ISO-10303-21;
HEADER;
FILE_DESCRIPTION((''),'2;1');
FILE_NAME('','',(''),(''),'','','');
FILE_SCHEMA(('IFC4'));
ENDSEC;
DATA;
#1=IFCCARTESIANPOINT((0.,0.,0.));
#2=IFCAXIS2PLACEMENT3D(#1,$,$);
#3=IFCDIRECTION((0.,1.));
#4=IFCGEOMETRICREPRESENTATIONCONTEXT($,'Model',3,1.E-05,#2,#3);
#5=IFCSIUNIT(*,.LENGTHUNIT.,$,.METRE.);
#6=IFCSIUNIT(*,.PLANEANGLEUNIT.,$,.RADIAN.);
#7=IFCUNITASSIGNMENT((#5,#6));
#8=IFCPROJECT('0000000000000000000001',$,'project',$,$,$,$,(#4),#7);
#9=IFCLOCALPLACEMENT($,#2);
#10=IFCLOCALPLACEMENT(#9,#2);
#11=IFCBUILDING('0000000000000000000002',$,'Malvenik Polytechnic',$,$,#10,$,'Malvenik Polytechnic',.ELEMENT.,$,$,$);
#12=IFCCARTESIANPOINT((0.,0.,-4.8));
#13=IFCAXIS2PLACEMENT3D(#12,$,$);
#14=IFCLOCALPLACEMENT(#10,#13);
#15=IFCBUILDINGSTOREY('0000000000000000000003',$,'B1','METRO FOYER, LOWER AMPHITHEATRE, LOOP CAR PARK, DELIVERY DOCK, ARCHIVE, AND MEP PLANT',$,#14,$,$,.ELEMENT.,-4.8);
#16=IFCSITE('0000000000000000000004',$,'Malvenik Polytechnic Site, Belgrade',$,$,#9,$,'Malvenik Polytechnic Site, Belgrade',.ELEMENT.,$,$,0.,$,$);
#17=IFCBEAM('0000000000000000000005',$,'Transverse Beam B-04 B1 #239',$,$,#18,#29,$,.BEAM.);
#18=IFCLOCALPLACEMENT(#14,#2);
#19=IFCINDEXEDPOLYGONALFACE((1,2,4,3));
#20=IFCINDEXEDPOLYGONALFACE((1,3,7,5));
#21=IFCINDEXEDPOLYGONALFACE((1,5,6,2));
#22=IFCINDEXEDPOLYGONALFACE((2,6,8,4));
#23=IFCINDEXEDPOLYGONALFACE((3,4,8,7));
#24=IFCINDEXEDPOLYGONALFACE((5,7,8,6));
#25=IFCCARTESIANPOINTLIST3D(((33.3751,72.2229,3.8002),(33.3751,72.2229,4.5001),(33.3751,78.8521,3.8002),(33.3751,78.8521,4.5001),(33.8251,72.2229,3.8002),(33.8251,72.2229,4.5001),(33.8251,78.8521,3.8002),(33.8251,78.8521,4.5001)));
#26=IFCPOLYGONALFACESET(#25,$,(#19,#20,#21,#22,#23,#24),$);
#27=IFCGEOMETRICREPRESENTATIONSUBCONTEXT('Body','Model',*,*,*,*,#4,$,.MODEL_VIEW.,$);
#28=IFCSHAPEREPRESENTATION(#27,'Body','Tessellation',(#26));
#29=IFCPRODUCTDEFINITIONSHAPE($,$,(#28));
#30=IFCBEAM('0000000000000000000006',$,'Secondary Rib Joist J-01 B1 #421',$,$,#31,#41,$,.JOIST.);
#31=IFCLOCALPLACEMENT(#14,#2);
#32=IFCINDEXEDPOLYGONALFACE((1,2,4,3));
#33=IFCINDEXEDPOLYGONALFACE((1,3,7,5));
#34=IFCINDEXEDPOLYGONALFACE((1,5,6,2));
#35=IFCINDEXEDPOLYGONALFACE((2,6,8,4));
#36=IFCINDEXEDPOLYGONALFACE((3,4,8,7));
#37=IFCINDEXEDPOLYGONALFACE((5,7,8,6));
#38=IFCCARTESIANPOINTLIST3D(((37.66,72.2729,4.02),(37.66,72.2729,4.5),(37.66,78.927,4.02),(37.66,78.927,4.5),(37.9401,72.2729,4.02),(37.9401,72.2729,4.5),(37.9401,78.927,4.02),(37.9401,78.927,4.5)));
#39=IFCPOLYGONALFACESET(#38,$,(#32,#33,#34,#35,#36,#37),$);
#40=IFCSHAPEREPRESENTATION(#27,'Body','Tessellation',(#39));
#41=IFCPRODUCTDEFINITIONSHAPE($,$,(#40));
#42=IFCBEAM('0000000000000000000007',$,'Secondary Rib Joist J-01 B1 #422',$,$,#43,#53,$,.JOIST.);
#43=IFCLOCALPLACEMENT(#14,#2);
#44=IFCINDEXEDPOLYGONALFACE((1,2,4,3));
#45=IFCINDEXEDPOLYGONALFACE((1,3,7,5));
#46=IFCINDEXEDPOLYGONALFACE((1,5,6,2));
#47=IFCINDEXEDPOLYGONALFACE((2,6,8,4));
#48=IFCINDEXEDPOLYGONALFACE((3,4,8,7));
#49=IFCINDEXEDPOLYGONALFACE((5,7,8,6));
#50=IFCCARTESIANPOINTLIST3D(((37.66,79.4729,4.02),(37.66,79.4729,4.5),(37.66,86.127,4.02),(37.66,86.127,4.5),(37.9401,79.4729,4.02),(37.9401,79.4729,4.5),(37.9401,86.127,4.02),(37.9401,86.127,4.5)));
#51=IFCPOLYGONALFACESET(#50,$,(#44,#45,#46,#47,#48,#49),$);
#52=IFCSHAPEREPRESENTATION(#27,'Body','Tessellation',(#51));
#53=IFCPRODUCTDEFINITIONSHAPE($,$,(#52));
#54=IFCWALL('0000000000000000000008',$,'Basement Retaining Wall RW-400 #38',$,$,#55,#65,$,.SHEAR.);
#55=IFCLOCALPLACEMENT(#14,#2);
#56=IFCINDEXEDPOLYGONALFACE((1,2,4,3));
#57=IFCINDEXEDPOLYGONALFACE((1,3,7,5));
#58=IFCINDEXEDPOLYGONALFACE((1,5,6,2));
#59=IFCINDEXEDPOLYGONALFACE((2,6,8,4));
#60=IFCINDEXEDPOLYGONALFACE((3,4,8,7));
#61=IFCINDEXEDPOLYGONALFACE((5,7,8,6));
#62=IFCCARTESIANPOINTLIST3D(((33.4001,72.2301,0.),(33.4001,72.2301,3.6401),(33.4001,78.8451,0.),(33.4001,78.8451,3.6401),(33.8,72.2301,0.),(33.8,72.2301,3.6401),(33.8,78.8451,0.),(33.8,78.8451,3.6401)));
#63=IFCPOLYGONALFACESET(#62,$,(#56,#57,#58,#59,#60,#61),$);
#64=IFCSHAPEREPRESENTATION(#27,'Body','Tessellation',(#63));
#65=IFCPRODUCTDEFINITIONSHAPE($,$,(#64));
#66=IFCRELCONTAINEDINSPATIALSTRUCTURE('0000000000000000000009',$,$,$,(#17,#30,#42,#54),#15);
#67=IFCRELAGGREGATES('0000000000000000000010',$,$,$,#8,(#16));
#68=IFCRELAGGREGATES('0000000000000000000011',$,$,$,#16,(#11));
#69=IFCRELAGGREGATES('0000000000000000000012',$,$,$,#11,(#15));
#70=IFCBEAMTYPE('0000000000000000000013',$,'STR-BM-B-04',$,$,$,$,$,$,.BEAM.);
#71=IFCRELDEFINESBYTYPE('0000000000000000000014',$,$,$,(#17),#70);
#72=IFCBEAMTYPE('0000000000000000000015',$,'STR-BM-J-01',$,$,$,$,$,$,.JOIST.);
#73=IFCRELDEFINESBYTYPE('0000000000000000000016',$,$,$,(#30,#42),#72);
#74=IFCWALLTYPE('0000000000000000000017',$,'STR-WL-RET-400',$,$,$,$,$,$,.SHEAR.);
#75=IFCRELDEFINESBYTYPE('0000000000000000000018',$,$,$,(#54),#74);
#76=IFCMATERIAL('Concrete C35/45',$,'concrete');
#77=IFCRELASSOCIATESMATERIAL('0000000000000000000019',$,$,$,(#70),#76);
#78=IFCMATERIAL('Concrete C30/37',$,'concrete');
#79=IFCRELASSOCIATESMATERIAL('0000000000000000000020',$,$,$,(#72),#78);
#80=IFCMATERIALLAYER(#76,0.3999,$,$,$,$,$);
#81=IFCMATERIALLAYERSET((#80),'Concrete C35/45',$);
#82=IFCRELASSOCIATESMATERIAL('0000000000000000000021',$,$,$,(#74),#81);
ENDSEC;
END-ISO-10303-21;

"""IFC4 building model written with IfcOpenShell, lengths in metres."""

from ifc_helpers import new_model, si_unit, direction, frame, frame_2d, origin, origin_2d, place, context, subcontext, project, spatial, rectangle, extrude, material, layer, layer_set, material_profile, profile_set, type_object, element, save


model = new_model("IFC4")

# Units and contexts
model_context = context("Model", 3, precision=1e-05, world=origin(), true_north=direction((0.0, 1.0)))
body_context = subcontext(model_context, "Body", "Model", "MODEL_VIEW")
ifc_project = project(units=[si_unit("LENGTHUNIT", "METRE"), si_unit("PLANEANGLEUNIT", "RADIAN")], contexts=[model_context])

# Site, building, storey
site_placement = place(None, origin())
site = spatial("IfcSite", under=ifc_project, at=site_placement, Name="Malvenik Polytechnic Site, Belgrade", LongName="Malvenik Polytechnic Site, Belgrade", CompositionType="ELEMENT", RefElevation=0.0)
building_placement = place(site_placement, origin())
building = spatial("IfcBuilding", under=site, at=building_placement, Name="Malvenik Polytechnic", LongName="Malvenik Polytechnic", CompositionType="ELEMENT")
storey_placement = place(building_placement, frame((0.0, 0.0, -4.8)))
storey = spatial("IfcBuildingStorey", under=building, at=storey_placement, Name="B1", Description="METRO FOYER, LOWER AMPHITHEATRE, LOOP CAR PARK, DELIVERY DOCK, ARCHIVE, AND MEP PLANT", CompositionType="ELEMENT", Elevation=-4.8)

# Shared definitions
ifc_material_1 = material(Name="Concrete C35/45", Category="concrete")

# Beams
ifc_material_profile_1 = material_profile(ifc_material_1, rectangle(XDim=0.45, YDim=0.7, at=origin_2d()), Name="RC BM 450x700")
ifc_profile_set_1 = profile_set([ifc_material_profile_1], Name="Concrete C35/45")
beam_type_1 = type_object("IfcBeamType", Name="STR-BM-B-04", PredefinedType="BEAM", material=ifc_profile_set_1)
beam_1_placement = place(storey_placement, frame((33.6001, 72.2229, 4.1501), z_axis=(0.0, 1.0, 0.0), x_axis=(-1.0, 0.0, 0.0)))
element("IfcBeam", 1, at=beam_1_placement, inside=storey, type_object=beam_type_1, Name="Transverse Beam B-04 B1 #239", PredefinedType="BEAM", context=body_context, shape_type="SweptSolid", body=[
    extrude(rectangle(XDim=0.45, YDim=0.7, at=origin_2d()), origin(), (0.0, 0.0, 1.0), 6.6292),
])
ifc_material_2 = material(Name="Concrete C30/37", Category="concrete")
ifc_material_profile_2 = material_profile(ifc_material_2, rectangle(XDim=0.28, YDim=0.48, at=origin_2d()), Name="RC JST 280x480")
ifc_profile_set_2 = profile_set([ifc_material_profile_2], Name="Concrete C30/37")
beam_type_2 = type_object("IfcBeamType", Name="STR-BM-J-01", PredefinedType="JOIST", material=ifc_profile_set_2)
for number, where, z_axis, x_axis, name in (
    (2, (37.8, 72.2729, 4.26), (0.0, 1.0, 0.0), (-1.0, 0.0, 0.0), "Secondary Rib Joist J-01 B1 #421"),
    (3, (37.8, 79.4729, 4.26), (0.0, 1.0, 0.0), (-1.0, 0.0, 0.0), "Secondary Rib Joist J-01 B1 #422"),
):
    element("IfcBeam", number, at=place(storey_placement, frame(where, z_axis=z_axis, x_axis=x_axis)), inside=storey, type_object=beam_type_2, Name=name, PredefinedType="JOIST", context=body_context, shape_type="SweptSolid", body=[
        extrude(rectangle(XDim=0.28, YDim=0.48, at=origin_2d()), origin(), (0.0, 0.0, 1.0), 6.6541),
    ])

# Wall
ifc_layer = layer(ifc_material_1, 0.3999)
ifc_layer_set = layer_set([ifc_layer], Name="Concrete C35/45")
wall_type = type_object("IfcWallType", Name="STR-WL-RET-400", PredefinedType="SHEAR", material=ifc_layer_set)
wall_placement = place(storey_placement, frame((33.6001, 72.23, 0.0), z_axis=(0.0, 0.0, 1.0), x_axis=(0.0, 1.0, 0.0)))
element("IfcWall", 4, at=wall_placement, inside=storey, type_object=wall_type, Name="Basement Retaining Wall RW-400 #38", PredefinedType="SHEAR", context=body_context, shape_type="SweptSolid", body=[
    extrude(rectangle(XDim=6.615, YDim=0.3999, at=frame_2d((3.3076, 0.0))), origin(), (0.0, 0.0, 1.0), 3.6401),
])

save(model, "model.ifc")
